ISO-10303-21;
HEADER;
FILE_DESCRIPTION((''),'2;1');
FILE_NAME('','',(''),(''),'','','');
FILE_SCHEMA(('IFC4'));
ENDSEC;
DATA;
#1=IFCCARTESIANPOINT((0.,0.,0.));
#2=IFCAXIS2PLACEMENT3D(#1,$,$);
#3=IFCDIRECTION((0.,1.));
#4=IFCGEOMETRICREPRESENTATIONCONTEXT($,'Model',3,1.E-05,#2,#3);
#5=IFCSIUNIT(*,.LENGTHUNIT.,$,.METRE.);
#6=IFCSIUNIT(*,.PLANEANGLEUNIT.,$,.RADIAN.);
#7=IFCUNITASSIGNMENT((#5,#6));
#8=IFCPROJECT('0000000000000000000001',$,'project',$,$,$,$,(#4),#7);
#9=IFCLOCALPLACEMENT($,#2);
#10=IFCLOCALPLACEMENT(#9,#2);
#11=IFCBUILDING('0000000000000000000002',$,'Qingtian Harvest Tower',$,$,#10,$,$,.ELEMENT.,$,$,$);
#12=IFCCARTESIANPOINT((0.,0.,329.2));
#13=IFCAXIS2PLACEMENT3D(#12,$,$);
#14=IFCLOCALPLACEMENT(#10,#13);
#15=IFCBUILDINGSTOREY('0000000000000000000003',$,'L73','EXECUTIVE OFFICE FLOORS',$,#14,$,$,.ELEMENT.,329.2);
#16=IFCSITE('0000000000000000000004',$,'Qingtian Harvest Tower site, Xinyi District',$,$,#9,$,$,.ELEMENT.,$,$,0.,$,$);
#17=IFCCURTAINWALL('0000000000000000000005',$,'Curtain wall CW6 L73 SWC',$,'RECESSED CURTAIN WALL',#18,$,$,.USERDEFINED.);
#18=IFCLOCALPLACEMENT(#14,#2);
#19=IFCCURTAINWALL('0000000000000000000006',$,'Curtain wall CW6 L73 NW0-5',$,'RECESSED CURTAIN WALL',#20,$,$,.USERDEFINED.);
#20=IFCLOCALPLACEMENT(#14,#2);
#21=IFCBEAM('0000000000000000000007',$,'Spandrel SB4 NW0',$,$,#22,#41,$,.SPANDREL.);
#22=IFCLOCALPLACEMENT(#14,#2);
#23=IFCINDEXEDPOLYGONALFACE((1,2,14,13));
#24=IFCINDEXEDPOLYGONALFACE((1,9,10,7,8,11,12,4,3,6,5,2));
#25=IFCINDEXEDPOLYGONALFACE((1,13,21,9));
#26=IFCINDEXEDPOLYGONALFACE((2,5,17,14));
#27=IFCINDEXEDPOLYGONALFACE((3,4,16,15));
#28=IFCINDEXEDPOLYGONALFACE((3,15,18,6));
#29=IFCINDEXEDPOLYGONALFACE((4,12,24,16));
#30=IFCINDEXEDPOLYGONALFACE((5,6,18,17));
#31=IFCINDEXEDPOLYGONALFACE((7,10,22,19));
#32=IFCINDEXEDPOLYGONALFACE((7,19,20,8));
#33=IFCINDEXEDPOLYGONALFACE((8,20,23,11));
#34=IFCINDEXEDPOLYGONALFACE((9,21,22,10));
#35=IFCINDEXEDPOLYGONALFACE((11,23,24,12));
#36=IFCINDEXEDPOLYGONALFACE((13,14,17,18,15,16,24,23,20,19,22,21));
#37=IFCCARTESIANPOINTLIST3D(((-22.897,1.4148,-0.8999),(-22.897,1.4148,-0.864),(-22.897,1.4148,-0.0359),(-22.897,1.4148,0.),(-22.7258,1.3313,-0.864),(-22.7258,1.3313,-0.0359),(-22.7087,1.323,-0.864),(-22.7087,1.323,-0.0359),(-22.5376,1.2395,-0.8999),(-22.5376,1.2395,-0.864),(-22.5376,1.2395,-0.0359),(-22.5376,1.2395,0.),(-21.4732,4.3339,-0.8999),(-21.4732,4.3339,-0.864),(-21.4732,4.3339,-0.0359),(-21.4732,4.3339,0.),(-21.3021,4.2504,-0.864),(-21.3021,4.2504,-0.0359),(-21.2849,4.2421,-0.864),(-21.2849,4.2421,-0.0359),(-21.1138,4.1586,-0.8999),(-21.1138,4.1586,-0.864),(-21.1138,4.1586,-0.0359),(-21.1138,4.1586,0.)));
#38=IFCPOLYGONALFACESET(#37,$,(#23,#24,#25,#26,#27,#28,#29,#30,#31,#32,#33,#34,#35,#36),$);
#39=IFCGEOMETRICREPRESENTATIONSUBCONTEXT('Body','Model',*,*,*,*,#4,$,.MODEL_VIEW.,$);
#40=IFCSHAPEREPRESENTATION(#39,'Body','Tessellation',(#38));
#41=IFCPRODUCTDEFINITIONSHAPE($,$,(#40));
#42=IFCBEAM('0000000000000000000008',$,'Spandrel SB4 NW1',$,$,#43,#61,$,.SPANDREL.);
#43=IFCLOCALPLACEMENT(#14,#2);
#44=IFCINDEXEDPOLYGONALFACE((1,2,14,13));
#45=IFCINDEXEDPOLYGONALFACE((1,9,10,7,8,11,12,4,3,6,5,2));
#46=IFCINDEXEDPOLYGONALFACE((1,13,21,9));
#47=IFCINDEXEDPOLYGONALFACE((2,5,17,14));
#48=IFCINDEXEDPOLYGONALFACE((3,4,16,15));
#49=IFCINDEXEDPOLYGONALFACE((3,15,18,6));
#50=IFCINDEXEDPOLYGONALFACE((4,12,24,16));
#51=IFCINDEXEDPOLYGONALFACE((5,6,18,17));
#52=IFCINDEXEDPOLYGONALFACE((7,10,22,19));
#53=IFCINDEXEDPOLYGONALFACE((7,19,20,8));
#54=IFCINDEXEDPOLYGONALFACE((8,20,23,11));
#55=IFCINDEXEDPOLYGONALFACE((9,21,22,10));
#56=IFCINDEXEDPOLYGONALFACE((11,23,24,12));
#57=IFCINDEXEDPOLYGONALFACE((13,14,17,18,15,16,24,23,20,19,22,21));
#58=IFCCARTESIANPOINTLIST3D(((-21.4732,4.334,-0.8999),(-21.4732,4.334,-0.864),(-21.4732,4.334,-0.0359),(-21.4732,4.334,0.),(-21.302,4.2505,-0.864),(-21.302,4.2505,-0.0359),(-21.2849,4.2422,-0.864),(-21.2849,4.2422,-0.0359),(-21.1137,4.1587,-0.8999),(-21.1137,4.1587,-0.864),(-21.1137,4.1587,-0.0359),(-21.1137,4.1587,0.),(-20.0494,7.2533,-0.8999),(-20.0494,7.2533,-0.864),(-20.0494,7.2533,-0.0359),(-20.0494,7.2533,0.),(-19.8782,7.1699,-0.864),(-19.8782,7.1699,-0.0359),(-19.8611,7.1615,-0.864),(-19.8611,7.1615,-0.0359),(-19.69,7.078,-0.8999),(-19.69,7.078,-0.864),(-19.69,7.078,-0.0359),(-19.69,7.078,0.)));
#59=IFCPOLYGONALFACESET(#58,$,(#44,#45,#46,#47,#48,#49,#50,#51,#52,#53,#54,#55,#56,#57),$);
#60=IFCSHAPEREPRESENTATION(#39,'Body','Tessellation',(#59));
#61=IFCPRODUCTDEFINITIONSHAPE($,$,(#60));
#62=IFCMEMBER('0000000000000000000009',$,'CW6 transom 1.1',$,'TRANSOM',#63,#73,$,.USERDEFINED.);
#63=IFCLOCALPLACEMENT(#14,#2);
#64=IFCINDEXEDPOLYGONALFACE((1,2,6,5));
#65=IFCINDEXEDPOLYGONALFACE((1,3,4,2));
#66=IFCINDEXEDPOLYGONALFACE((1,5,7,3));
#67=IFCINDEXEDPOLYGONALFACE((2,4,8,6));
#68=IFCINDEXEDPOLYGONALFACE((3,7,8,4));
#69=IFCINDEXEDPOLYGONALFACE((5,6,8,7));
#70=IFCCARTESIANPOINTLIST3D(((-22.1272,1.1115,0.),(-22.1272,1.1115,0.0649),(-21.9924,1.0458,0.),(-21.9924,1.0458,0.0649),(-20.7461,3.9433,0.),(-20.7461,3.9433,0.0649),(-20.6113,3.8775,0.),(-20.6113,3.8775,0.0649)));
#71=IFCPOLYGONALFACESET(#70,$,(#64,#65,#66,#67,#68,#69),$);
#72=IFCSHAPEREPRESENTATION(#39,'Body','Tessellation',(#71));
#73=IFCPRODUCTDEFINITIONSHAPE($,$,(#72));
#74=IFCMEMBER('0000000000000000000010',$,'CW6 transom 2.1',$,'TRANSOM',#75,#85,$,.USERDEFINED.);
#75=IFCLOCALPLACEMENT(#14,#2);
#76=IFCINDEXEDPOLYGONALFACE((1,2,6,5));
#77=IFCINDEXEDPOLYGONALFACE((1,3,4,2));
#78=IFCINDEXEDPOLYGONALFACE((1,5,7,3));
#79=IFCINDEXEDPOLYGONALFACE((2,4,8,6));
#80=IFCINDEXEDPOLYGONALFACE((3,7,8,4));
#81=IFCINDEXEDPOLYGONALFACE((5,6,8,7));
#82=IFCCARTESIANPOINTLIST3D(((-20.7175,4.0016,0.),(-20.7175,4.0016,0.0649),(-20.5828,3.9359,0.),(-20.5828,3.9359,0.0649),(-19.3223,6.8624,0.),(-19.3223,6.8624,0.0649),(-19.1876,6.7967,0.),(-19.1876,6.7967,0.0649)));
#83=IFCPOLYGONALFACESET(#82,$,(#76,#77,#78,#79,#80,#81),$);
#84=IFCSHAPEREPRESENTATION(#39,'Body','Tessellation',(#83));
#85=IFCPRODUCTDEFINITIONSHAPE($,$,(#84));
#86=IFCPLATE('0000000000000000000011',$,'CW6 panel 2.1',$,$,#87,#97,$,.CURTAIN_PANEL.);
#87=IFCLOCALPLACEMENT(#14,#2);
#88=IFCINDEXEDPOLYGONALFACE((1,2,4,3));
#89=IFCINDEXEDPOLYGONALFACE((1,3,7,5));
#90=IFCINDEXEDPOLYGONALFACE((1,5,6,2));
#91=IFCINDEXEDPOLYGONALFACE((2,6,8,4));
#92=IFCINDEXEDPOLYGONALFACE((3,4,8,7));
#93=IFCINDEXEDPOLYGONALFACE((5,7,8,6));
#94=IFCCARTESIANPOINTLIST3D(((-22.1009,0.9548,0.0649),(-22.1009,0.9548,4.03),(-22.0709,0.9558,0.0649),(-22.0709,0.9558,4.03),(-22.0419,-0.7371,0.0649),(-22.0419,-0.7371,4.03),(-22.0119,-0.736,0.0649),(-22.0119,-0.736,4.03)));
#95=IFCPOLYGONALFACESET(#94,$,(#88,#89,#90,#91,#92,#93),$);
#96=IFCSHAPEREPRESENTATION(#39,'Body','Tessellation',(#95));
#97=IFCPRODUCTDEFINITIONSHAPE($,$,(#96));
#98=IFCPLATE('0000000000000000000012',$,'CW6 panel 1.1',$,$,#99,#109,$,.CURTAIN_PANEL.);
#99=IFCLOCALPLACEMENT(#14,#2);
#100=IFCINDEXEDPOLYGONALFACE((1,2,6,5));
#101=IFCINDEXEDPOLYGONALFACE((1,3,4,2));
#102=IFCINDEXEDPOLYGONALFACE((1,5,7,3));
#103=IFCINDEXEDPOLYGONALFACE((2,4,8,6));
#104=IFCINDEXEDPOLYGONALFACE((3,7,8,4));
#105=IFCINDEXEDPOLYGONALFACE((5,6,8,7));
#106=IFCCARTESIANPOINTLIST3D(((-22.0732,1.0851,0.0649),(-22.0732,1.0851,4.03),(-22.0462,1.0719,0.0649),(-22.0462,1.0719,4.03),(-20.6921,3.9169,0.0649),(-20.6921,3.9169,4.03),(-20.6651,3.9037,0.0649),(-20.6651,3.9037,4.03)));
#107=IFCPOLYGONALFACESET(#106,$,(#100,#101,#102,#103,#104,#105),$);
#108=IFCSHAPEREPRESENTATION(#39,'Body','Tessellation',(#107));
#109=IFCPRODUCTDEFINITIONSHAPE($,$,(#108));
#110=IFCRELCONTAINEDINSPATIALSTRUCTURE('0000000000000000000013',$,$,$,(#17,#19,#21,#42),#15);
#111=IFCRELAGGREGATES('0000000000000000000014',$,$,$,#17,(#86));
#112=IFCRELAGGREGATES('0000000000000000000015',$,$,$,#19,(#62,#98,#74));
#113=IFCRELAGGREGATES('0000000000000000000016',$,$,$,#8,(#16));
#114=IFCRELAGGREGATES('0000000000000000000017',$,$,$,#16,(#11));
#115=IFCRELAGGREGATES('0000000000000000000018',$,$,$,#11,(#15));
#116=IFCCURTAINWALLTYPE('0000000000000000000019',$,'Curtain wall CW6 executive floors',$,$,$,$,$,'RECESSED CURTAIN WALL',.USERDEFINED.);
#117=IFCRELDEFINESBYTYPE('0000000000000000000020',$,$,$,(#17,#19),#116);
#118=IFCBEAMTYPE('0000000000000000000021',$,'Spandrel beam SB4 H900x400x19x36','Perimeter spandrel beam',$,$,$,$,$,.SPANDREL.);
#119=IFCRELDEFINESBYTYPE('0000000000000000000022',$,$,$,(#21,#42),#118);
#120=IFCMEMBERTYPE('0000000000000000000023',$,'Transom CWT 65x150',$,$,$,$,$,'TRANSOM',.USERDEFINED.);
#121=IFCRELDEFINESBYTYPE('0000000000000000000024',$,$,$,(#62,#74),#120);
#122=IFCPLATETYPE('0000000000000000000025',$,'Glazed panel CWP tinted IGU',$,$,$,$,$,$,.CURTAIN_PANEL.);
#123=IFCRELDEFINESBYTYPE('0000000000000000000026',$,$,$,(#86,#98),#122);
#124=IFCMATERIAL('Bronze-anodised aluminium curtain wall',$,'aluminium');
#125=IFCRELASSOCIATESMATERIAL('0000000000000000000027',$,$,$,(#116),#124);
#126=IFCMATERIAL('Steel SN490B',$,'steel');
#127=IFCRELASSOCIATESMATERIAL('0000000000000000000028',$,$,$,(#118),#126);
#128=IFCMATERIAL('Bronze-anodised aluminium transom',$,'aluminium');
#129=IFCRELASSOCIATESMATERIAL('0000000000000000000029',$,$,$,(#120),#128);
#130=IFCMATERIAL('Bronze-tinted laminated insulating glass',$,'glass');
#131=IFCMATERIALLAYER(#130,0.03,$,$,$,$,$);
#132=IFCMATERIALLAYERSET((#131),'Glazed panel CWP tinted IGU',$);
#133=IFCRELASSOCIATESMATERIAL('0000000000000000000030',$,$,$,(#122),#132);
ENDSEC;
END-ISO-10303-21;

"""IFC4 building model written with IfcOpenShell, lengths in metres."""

from ifc_helpers import new_model, si_unit, direction, frame, origin, origin_2d, place, context, subcontext, project, spatial, rectangle, i_section, extrude, material, layer, layer_set, material_profile, profile_set, type_object, element, aggregate, save


model = new_model("IFC4")

# Units and contexts
model_context = context("Model", 3, precision=1e-05, world=origin(), true_north=direction((0.0, 1.0)))
body_context = subcontext(model_context, "Body", "Model", "MODEL_VIEW")
ifc_project = project(units=[si_unit("LENGTHUNIT", "METRE"), si_unit("PLANEANGLEUNIT", "RADIAN")], contexts=[model_context])

# Site, building, storey
site_placement = place(None, origin())
site = spatial("IfcSite", under=ifc_project, at=site_placement, Name="Qingtian Harvest Tower site, Xinyi District", CompositionType="ELEMENT", RefElevation=0.0)
building_placement = place(site_placement, origin())
building = spatial("IfcBuilding", under=site, at=building_placement, Name="Qingtian Harvest Tower", CompositionType="ELEMENT")
storey_placement = place(building_placement, frame((0.0, 0.0, 329.2)))
storey = spatial("IfcBuildingStorey", under=building, at=storey_placement, Name="L73", Description="EXECUTIVE OFFICE FLOORS", CompositionType="ELEMENT", Elevation=329.2)

# Curtain wall
ifc_material_1 = material(Name="Bronze-anodised aluminium curtain wall", Category="aluminium")
curtain_wall_type = type_object("IfcCurtainWallType", Name="Curtain wall CW6 executive floors", ElementType="RECESSED CURTAIN WALL", PredefinedType="USERDEFINED", material=ifc_material_1)
curtain_wall_1_placement = place(storey_placement, origin())
curtain_wall_1 = element("IfcCurtainWall", 1, at=curtain_wall_1_placement, inside=storey, type_object=curtain_wall_type, Name="Curtain wall CW6 L73 SWC", ObjectType="RECESSED CURTAIN WALL", PredefinedType="USERDEFINED")

# Curtain wall
curtain_wall_2_placement = place(storey_placement, origin())
curtain_wall_2 = element("IfcCurtainWall", 2, at=curtain_wall_2_placement, inside=storey, type_object=curtain_wall_type, Name="Curtain wall CW6 L73 NW0-5", ObjectType="RECESSED CURTAIN WALL", PredefinedType="USERDEFINED")

# Beams
ifc_material_2 = material(Name="Steel SN490B", Category="steel")
ifc_material_profile_1 = material_profile(ifc_material_2, i_section(OverallWidth=0.3999, OverallDepth=0.8999, WebThickness=0.019, FlangeThickness=0.0359, at=origin_2d()), Name="H900x400x19x36")
ifc_profile_set_1 = profile_set([ifc_material_profile_1], Name="Steel SN490B")
beam_type_1 = type_object("IfcBeamType", Name="Spandrel beam SB4 H900x400x19x36", Description="Perimeter spandrel beam", PredefinedType="SPANDREL", material=ifc_profile_set_1)
beam_1_placement = place(storey_placement, frame((-22.7173, 1.3271, -0.45), z_axis=(0.438382, 0.898789, 0.0), x_axis=(-0.898789, 0.438382, 0.0)))
element("IfcBeam", 3, at=beam_1_placement, inside=storey, type_object=beam_type_1, Name="Spandrel SB4 NW0", PredefinedType="SPANDREL", context=body_context, shape_type="SweptSolid", body=[
    extrude(i_section(OverallWidth=0.3999, OverallDepth=0.8999, WebThickness=0.019, FlangeThickness=0.0359, at=origin_2d()), origin(), (0.0, 0.0, 1.0), 3.2478),
])
beam_2_placement = place(storey_placement, frame((-21.2935, 4.2463, -0.45), z_axis=(0.438353, 0.898803, 0.0), x_axis=(-0.898803, 0.438353, 0.0)))
element("IfcBeam", 4, at=beam_2_placement, inside=storey, type_object=beam_type_1, Name="Spandrel SB4 NW1", PredefinedType="SPANDREL", context=body_context, shape_type="SweptSolid", body=[
    extrude(i_section(OverallWidth=0.3999, OverallDepth=0.8999, WebThickness=0.019, FlangeThickness=0.0359, at=origin_2d()), origin(), (0.0, 0.0, 1.0), 3.248),
])

# Members
ifc_material_3 = material(Name="Bronze-anodised aluminium transom", Category="aluminium")
ifc_material_profile_2 = material_profile(ifc_material_3, rectangle(XDim=0.1499, YDim=0.0649, at=origin_2d()), Name="AL 65x150")
ifc_profile_set_2 = profile_set([ifc_material_profile_2], Name="Bronze-anodised aluminium transom")
member_type_1 = type_object("IfcMemberType", Name="Transom CWT 65x150", ElementType="TRANSOM", PredefinedType="USERDEFINED", material=ifc_profile_set_2)
member_1_placement = place(storey_placement, frame((-22.0598, 1.0786, 0.0325), z_axis=(0.438358, 0.8988, 0.0), x_axis=(-0.8988, 0.438358, 0.0)))
member_1 = element("IfcMember", 5, at=member_1_placement, type_object=member_type_1, Name="CW6 transom 1.1", ObjectType="TRANSOM", PredefinedType="USERDEFINED", context=body_context, shape_type="SweptSolid", body=[
    extrude(rectangle(XDim=0.1499, YDim=0.0649, at=origin_2d()), origin(), (0.0, 0.0, 1.0), 3.1506),
])
member_2_placement = place(storey_placement, frame((-20.6501, 3.9688, 0.0325), z_axis=(0.438356, 0.898802, 0.0), x_axis=(-0.898802, 0.438356, 0.0)))
member_2 = element("IfcMember", 6, at=member_2_placement, type_object=member_type_1, Name="CW6 transom 2.1", ObjectType="TRANSOM", PredefinedType="USERDEFINED", context=body_context, shape_type="SweptSolid", body=[
    extrude(rectangle(XDim=0.1499, YDim=0.0649, at=origin_2d()), origin(), (0.0, 0.0, 1.0), 3.1829),
])

# Plates
ifc_material_4 = material(Name="Bronze-tinted laminated insulating glass", Category="glass")
ifc_layer = layer(ifc_material_4, 0.03)
ifc_layer_set = layer_set([ifc_layer], Name="Glazed panel CWP tinted IGU")
plate_type = type_object("IfcPlateType", Name="Glazed panel CWP tinted IGU", PredefinedType="CURTAIN_PANEL", material=ifc_layer_set)
plate_1_placement = place(storey_placement, frame((-22.0564, 0.1094, 0.0649), z_axis=(0.0, 0.0, 1.0), x_axis=(-0.034899, 0.999391, 0.0)))
plate_1 = element("IfcPlate", 7, at=plate_1_placement, type_object=plate_type, Name="CW6 panel 2.1", PredefinedType="CURTAIN_PANEL", context=body_context, shape_type="SweptSolid", body=[
    extrude(rectangle(XDim=1.6929, YDim=0.03, at=origin_2d()), origin(), (0.0, 0.0, 1.0), 3.9651),
])
aggregate(curtain_wall_1, [plate_1])
plate_2_placement = place(storey_placement, frame((-21.3691, 2.4944, 0.0649), z_axis=(0.0, 0.0, 1.0), x_axis=(0.438371, 0.898794, 0.0)))
plate_2 = element("IfcPlate", 8, at=plate_2_placement, type_object=plate_type, Name="CW6 panel 1.1", PredefinedType="CURTAIN_PANEL", context=body_context, shape_type="SweptSolid", body=[
    extrude(rectangle(XDim=3.1506, YDim=0.03, at=origin_2d()), origin(), (0.0, 0.0, 1.0), 3.9651),
])
aggregate(curtain_wall_2, [member_1, plate_2, member_2])

save(model, "model.ifc")
